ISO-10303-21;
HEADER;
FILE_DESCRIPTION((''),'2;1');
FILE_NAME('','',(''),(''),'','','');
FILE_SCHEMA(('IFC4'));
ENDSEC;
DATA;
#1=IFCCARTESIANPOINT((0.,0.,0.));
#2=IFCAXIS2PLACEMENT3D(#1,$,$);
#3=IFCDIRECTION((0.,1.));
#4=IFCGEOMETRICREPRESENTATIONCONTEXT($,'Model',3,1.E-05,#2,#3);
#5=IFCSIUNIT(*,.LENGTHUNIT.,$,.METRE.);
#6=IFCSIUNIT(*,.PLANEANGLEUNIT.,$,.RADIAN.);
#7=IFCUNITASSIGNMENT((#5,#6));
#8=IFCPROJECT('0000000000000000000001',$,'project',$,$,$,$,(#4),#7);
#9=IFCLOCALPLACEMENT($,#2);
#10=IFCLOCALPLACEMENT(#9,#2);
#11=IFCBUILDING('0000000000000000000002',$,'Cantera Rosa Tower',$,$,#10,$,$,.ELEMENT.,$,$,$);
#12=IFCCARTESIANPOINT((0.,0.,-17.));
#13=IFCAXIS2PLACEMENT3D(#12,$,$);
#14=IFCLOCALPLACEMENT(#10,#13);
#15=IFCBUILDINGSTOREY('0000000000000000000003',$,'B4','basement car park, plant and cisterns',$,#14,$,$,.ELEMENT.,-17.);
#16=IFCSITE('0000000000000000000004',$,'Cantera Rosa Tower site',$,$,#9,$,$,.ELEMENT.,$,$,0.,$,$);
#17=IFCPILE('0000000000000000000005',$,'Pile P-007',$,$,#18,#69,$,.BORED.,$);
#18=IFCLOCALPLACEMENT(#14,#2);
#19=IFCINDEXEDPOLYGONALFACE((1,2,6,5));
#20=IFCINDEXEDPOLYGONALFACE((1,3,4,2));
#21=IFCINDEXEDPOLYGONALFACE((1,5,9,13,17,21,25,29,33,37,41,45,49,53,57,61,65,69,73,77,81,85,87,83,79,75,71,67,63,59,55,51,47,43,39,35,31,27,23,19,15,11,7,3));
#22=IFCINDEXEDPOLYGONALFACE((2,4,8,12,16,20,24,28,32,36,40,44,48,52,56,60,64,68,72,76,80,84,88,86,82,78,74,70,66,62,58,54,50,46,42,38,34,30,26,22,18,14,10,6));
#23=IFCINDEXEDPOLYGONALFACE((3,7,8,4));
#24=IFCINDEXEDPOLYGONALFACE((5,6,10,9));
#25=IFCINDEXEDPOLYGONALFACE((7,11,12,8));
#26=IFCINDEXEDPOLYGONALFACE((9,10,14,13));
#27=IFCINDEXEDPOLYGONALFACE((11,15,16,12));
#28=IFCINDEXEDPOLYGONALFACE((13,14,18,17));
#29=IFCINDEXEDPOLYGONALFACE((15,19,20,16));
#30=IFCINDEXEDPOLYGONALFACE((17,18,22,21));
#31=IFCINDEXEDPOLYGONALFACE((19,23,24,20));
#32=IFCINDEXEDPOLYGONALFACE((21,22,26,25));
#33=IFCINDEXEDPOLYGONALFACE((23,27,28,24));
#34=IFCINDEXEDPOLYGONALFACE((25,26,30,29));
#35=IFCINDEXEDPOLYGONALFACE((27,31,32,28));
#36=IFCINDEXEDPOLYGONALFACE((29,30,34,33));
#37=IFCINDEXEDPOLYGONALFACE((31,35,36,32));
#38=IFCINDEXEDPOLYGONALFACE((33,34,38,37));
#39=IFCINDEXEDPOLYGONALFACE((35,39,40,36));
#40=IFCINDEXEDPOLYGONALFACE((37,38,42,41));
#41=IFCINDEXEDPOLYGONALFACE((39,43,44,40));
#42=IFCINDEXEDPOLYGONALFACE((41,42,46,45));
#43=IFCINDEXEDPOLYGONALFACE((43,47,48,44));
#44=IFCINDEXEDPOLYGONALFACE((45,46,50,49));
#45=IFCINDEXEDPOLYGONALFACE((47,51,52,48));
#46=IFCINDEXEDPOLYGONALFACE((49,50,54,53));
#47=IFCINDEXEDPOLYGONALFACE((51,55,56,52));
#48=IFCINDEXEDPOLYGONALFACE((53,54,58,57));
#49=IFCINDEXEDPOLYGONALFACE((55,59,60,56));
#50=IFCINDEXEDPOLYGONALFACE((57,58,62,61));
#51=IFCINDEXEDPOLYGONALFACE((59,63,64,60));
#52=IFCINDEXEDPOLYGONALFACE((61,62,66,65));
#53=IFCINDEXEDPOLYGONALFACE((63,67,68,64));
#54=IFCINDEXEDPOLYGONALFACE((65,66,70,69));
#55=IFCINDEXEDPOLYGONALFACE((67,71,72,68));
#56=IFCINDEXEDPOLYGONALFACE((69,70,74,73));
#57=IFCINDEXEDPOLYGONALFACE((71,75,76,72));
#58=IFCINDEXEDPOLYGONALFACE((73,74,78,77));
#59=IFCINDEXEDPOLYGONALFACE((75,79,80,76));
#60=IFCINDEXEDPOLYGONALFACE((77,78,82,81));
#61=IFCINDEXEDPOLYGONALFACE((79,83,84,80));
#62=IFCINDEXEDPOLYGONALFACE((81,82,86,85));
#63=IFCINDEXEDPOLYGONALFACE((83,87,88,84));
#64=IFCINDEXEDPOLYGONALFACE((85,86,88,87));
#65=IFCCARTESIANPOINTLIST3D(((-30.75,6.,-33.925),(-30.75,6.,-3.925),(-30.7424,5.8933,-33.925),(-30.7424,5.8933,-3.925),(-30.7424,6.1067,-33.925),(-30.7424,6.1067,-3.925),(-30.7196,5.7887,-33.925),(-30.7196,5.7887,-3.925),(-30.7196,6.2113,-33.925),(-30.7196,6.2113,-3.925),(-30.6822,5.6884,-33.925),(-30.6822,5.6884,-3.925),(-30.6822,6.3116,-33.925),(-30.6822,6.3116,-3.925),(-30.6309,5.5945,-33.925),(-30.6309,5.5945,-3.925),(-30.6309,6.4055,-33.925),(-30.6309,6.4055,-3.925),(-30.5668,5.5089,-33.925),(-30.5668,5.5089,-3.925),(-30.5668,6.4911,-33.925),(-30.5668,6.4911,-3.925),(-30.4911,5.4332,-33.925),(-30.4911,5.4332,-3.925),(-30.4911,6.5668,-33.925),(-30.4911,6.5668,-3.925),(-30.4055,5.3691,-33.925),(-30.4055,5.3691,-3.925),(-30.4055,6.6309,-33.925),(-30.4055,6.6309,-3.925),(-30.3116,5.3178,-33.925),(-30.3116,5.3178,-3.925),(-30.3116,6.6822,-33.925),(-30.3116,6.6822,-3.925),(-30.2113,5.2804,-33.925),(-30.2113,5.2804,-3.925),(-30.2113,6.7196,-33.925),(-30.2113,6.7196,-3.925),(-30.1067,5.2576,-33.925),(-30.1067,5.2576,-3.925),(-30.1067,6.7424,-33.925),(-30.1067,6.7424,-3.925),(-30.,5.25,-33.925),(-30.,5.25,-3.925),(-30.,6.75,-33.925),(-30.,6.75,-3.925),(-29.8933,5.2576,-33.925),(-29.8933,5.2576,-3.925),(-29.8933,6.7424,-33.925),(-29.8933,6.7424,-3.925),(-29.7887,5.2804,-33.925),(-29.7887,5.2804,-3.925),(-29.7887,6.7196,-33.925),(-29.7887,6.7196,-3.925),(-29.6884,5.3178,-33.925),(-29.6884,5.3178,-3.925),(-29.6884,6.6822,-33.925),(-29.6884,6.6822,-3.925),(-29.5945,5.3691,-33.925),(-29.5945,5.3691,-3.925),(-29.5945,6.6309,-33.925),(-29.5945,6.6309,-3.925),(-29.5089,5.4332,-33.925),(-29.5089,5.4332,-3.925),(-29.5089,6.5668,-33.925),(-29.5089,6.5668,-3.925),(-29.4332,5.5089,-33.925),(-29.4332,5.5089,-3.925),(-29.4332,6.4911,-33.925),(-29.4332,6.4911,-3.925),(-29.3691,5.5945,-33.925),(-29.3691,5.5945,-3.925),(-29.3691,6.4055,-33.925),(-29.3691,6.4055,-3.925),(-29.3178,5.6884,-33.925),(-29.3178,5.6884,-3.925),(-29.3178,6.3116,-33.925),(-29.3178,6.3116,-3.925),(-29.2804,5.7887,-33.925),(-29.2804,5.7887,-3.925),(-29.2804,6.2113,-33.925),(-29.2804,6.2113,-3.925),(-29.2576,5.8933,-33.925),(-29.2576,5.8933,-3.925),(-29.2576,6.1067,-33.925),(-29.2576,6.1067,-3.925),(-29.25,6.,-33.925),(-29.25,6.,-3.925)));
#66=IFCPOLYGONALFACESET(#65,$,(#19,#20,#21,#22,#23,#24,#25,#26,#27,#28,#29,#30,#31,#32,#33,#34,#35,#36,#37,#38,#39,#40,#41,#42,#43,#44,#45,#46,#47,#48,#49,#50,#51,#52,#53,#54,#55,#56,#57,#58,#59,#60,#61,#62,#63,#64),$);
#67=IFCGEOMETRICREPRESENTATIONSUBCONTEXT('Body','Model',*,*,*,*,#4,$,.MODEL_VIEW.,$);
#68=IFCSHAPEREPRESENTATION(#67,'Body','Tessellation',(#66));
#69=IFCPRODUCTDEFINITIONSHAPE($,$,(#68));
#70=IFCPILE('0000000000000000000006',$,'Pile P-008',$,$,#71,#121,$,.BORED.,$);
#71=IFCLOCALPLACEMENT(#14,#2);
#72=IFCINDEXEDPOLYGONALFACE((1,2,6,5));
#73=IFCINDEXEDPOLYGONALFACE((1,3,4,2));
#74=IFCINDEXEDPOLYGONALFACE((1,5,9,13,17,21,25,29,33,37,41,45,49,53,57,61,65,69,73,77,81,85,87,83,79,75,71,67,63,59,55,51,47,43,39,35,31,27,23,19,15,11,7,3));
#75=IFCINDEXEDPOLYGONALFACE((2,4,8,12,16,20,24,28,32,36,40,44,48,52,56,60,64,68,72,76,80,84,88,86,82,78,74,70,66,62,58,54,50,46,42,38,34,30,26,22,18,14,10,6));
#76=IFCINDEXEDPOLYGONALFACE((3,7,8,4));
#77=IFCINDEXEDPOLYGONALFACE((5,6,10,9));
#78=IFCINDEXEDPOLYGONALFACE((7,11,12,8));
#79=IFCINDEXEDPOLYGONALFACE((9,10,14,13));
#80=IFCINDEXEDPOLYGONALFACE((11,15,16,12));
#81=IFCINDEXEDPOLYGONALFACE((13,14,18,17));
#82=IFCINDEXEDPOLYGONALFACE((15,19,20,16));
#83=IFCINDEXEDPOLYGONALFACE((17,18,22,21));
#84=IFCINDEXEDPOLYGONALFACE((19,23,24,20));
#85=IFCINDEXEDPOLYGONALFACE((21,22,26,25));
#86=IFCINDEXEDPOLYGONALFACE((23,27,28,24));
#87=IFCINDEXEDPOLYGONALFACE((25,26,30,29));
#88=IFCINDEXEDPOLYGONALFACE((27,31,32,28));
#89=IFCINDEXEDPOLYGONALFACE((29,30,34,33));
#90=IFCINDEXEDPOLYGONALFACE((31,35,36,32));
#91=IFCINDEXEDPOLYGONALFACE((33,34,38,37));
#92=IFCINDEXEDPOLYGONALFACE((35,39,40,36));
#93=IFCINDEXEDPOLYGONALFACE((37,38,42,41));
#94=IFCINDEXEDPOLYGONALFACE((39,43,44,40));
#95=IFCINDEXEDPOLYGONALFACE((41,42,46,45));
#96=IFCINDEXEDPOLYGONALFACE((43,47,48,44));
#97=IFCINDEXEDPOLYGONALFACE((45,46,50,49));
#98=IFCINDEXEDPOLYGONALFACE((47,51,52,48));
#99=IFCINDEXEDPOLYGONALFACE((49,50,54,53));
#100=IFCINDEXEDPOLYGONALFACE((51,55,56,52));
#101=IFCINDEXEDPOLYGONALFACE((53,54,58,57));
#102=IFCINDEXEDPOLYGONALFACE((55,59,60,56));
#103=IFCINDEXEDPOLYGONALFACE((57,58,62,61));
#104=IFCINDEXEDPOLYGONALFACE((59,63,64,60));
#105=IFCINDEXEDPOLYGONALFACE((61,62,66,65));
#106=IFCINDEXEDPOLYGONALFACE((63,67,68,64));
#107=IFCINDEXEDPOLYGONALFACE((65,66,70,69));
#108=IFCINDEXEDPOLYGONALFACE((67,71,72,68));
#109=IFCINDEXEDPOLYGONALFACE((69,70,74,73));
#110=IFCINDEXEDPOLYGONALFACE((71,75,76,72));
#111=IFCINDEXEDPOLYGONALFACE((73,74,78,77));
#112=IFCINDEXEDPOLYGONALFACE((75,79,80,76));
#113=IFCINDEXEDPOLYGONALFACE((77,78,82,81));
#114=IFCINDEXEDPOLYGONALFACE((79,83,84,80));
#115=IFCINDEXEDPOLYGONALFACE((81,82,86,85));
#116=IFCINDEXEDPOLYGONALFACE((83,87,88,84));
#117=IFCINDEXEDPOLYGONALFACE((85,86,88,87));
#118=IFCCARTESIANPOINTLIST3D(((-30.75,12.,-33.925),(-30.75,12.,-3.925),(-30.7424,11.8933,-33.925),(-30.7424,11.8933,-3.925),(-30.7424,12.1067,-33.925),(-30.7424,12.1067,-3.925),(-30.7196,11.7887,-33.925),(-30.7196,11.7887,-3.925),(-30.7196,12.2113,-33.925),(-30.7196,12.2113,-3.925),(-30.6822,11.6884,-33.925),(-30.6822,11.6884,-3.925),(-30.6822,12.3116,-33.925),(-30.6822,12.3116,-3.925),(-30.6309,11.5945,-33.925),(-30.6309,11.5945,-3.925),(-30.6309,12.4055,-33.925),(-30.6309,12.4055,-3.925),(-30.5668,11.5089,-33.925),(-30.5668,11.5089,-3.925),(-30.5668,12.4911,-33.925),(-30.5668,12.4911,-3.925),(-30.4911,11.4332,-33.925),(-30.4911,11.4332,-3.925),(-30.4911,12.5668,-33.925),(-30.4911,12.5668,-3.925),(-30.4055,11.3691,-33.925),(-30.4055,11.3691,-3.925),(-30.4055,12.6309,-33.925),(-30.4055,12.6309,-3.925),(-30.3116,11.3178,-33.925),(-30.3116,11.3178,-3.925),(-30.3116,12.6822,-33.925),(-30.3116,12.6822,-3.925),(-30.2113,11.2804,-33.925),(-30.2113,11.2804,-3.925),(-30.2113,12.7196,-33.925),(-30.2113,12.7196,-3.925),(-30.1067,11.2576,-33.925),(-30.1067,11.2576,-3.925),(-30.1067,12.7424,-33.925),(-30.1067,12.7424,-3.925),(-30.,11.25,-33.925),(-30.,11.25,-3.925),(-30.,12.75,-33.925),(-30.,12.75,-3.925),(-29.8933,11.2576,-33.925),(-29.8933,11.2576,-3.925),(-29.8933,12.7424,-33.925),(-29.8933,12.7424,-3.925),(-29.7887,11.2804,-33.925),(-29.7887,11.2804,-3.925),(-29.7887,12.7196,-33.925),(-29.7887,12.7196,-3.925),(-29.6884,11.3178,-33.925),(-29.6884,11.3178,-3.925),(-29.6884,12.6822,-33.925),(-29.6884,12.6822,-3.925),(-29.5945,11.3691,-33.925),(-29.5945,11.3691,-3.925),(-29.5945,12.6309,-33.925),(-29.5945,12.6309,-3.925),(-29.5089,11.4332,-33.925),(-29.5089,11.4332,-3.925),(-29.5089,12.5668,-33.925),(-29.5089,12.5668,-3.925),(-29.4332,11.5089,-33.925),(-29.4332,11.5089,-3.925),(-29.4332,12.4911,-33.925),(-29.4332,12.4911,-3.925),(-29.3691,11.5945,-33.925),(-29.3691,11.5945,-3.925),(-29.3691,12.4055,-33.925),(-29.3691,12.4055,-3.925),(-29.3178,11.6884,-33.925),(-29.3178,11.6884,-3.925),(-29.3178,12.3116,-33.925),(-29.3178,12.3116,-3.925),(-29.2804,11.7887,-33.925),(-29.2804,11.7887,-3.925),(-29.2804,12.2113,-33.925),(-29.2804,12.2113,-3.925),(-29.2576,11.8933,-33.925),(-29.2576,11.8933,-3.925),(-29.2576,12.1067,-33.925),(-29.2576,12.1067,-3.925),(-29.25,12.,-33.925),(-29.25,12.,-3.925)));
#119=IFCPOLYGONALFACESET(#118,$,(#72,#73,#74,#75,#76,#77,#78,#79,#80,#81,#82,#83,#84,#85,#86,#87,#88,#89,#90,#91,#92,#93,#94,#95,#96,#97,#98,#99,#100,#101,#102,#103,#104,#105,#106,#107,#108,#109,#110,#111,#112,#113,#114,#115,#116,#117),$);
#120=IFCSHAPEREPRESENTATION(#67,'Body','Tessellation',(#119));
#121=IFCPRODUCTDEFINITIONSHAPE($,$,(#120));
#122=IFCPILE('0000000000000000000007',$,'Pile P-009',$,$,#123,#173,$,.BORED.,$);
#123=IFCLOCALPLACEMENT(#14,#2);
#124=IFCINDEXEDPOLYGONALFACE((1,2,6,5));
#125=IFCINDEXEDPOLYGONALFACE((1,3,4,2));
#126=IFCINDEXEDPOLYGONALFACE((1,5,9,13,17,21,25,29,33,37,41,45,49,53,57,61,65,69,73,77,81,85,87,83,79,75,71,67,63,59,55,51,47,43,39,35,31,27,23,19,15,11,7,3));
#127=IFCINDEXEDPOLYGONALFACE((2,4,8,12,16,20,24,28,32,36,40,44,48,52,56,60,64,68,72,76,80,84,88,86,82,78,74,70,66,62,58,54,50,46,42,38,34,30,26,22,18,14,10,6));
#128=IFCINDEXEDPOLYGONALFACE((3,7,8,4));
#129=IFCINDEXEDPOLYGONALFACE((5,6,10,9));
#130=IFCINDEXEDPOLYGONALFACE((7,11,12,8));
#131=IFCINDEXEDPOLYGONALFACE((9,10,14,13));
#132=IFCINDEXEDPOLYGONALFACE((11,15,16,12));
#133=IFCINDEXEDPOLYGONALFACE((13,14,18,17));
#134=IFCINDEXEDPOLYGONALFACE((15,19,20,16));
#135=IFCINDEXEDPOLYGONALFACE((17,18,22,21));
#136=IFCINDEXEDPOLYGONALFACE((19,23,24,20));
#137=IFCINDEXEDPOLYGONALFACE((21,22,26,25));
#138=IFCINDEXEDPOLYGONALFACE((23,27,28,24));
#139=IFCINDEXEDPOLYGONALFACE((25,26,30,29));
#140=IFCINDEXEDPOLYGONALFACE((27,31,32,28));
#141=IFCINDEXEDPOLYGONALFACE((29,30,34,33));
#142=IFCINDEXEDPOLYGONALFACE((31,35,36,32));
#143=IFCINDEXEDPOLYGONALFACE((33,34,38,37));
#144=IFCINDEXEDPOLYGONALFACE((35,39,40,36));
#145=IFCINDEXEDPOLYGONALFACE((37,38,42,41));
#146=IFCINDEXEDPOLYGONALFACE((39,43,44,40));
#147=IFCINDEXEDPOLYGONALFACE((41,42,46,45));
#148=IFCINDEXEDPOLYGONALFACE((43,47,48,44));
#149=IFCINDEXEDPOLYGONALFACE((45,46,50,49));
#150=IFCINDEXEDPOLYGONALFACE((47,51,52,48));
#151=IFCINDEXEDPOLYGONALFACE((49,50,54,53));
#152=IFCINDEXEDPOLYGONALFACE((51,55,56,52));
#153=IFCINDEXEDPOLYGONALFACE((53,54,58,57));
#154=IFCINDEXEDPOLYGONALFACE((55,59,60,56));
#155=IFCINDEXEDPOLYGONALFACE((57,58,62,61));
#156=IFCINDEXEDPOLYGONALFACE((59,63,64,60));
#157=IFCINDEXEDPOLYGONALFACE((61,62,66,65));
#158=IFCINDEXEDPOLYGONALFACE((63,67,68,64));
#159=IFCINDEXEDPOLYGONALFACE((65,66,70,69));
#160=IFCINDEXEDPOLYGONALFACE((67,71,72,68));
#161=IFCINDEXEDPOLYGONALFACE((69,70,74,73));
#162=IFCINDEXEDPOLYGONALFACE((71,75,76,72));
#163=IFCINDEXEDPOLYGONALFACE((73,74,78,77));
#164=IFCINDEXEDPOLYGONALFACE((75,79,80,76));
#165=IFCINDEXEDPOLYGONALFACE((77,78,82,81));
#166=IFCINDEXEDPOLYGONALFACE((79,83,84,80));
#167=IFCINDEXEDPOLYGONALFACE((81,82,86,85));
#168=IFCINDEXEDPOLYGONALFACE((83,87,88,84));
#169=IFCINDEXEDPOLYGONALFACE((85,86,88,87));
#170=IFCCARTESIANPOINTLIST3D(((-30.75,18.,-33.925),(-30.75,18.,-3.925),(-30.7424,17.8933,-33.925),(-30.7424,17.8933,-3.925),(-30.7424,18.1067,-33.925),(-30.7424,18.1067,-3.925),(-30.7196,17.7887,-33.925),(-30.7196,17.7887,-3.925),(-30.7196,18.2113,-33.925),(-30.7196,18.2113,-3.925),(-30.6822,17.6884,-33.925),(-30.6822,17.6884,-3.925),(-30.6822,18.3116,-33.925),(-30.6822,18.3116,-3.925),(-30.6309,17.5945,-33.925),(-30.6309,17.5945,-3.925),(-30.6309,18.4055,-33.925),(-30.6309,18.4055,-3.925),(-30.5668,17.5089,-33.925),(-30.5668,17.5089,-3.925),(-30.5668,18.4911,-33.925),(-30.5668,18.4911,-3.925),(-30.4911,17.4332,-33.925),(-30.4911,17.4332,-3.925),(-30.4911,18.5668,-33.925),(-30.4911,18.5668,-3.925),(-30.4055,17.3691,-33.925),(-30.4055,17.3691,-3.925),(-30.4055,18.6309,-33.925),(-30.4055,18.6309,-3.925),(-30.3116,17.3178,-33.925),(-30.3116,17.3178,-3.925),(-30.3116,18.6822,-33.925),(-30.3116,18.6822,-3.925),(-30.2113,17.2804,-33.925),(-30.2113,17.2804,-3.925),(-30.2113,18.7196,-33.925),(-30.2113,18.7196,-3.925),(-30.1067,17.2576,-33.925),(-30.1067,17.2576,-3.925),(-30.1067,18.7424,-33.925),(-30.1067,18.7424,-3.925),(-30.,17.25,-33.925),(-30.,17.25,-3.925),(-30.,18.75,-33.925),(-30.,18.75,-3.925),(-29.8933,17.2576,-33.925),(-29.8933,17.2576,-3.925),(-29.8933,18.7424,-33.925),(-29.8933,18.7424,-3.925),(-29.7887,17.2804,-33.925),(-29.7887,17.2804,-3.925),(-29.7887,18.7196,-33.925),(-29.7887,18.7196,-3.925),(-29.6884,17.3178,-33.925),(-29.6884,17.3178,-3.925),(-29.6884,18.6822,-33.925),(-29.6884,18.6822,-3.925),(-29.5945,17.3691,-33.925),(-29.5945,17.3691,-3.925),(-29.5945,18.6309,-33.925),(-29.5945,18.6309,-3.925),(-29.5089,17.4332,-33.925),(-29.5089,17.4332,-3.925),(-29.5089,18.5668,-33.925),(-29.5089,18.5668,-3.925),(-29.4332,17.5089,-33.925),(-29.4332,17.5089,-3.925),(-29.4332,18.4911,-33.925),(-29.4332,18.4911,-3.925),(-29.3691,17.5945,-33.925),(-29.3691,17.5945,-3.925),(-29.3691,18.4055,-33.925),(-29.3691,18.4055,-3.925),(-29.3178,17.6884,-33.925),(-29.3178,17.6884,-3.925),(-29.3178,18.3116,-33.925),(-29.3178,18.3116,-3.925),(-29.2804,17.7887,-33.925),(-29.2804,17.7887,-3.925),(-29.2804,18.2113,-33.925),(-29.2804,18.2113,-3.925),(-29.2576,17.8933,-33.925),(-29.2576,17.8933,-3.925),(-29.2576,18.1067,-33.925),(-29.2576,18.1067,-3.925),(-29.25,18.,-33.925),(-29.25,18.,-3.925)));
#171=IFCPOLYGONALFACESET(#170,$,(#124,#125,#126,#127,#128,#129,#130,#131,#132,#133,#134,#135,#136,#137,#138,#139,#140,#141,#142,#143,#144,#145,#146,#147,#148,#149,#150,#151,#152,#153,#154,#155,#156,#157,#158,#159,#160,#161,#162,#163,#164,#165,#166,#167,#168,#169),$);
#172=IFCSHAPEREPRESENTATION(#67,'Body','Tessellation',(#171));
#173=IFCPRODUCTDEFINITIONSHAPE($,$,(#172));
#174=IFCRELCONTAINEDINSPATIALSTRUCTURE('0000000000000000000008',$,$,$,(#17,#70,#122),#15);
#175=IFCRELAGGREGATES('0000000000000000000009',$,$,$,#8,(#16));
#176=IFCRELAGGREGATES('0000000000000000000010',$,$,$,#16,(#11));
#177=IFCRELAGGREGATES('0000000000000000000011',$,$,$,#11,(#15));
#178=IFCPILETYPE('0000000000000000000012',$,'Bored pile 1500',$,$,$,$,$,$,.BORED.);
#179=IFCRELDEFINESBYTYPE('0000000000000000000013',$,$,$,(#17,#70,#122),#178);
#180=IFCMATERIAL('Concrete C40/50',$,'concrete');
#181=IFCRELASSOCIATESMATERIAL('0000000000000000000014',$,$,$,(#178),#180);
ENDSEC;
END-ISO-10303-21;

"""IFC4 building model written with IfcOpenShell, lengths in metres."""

from ifc_helpers import new_model, si_unit, direction, frame, origin, origin_2d, place, context, subcontext, project, spatial, circle, extrude, material, material_profile, profile_set, type_object, element, save


model = new_model("IFC4")

# Units and contexts
model_context = context("Model", 3, precision=1e-05, world=origin(), true_north=direction((0.0, 1.0)))
body_context = subcontext(model_context, "Body", "Model", "MODEL_VIEW")
ifc_project = project(units=[si_unit("LENGTHUNIT", "METRE"), si_unit("PLANEANGLEUNIT", "RADIAN")], contexts=[model_context])

# Site, building, storey
site_placement = place(None, origin())
site = spatial("IfcSite", under=ifc_project, at=site_placement, Name="Cantera Rosa Tower site", CompositionType="ELEMENT", RefElevation=0.0)
building_placement = place(site_placement, origin())
building = spatial("IfcBuilding", under=site, at=building_placement, Name="Cantera Rosa Tower", CompositionType="ELEMENT")
storey_placement = place(building_placement, frame((0.0, 0.0, -17.0)))
storey = spatial("IfcBuildingStorey", under=building, at=storey_placement, Name="B4", Description="basement car park, plant and cisterns", CompositionType="ELEMENT", Elevation=-17.0)

# Piles
ifc_material_1 = material(Name="Concrete C40/50", Category="concrete")
ifc_material_profile_1 = material_profile(ifc_material_1, circle(Radius=0.75, at=origin_2d()), Name="Bored pile 1500")
ifc_profile_set_1 = profile_set([ifc_material_profile_1], Name="Concrete C40/50")
pile_type = type_object("IfcPileType", Name="Bored pile 1500", PredefinedType="BORED", material=ifc_profile_set_1)
for number, where, z_axis, x_axis, name in (
    (1, (-30.0, 6.0, -3.925), (0.0, 0.0, -1.0), (1.0, 0.0, 0.0), "Pile P-007"),
    (2, (-30.0, 12.0, -3.925), (0.0, 0.0, -1.0), (1.0, 0.0, 0.0), "Pile P-008"),
    (3, (-30.0, 18.0, -3.925), (0.0, 0.0, -1.0), (1.0, 0.0, 0.0), "Pile P-009"),
):
    element("IfcPile", number, at=place(storey_placement, frame(where, z_axis=z_axis, x_axis=x_axis)), inside=storey, type_object=pile_type, Name=name, PredefinedType="BORED", context=body_context, shape_type="SweptSolid", body=[
        extrude(circle(Radius=0.75, at=origin_2d()), origin(), (0.0, 0.0, 1.0), 30.0),
    ])

save(model, "model.ifc")
